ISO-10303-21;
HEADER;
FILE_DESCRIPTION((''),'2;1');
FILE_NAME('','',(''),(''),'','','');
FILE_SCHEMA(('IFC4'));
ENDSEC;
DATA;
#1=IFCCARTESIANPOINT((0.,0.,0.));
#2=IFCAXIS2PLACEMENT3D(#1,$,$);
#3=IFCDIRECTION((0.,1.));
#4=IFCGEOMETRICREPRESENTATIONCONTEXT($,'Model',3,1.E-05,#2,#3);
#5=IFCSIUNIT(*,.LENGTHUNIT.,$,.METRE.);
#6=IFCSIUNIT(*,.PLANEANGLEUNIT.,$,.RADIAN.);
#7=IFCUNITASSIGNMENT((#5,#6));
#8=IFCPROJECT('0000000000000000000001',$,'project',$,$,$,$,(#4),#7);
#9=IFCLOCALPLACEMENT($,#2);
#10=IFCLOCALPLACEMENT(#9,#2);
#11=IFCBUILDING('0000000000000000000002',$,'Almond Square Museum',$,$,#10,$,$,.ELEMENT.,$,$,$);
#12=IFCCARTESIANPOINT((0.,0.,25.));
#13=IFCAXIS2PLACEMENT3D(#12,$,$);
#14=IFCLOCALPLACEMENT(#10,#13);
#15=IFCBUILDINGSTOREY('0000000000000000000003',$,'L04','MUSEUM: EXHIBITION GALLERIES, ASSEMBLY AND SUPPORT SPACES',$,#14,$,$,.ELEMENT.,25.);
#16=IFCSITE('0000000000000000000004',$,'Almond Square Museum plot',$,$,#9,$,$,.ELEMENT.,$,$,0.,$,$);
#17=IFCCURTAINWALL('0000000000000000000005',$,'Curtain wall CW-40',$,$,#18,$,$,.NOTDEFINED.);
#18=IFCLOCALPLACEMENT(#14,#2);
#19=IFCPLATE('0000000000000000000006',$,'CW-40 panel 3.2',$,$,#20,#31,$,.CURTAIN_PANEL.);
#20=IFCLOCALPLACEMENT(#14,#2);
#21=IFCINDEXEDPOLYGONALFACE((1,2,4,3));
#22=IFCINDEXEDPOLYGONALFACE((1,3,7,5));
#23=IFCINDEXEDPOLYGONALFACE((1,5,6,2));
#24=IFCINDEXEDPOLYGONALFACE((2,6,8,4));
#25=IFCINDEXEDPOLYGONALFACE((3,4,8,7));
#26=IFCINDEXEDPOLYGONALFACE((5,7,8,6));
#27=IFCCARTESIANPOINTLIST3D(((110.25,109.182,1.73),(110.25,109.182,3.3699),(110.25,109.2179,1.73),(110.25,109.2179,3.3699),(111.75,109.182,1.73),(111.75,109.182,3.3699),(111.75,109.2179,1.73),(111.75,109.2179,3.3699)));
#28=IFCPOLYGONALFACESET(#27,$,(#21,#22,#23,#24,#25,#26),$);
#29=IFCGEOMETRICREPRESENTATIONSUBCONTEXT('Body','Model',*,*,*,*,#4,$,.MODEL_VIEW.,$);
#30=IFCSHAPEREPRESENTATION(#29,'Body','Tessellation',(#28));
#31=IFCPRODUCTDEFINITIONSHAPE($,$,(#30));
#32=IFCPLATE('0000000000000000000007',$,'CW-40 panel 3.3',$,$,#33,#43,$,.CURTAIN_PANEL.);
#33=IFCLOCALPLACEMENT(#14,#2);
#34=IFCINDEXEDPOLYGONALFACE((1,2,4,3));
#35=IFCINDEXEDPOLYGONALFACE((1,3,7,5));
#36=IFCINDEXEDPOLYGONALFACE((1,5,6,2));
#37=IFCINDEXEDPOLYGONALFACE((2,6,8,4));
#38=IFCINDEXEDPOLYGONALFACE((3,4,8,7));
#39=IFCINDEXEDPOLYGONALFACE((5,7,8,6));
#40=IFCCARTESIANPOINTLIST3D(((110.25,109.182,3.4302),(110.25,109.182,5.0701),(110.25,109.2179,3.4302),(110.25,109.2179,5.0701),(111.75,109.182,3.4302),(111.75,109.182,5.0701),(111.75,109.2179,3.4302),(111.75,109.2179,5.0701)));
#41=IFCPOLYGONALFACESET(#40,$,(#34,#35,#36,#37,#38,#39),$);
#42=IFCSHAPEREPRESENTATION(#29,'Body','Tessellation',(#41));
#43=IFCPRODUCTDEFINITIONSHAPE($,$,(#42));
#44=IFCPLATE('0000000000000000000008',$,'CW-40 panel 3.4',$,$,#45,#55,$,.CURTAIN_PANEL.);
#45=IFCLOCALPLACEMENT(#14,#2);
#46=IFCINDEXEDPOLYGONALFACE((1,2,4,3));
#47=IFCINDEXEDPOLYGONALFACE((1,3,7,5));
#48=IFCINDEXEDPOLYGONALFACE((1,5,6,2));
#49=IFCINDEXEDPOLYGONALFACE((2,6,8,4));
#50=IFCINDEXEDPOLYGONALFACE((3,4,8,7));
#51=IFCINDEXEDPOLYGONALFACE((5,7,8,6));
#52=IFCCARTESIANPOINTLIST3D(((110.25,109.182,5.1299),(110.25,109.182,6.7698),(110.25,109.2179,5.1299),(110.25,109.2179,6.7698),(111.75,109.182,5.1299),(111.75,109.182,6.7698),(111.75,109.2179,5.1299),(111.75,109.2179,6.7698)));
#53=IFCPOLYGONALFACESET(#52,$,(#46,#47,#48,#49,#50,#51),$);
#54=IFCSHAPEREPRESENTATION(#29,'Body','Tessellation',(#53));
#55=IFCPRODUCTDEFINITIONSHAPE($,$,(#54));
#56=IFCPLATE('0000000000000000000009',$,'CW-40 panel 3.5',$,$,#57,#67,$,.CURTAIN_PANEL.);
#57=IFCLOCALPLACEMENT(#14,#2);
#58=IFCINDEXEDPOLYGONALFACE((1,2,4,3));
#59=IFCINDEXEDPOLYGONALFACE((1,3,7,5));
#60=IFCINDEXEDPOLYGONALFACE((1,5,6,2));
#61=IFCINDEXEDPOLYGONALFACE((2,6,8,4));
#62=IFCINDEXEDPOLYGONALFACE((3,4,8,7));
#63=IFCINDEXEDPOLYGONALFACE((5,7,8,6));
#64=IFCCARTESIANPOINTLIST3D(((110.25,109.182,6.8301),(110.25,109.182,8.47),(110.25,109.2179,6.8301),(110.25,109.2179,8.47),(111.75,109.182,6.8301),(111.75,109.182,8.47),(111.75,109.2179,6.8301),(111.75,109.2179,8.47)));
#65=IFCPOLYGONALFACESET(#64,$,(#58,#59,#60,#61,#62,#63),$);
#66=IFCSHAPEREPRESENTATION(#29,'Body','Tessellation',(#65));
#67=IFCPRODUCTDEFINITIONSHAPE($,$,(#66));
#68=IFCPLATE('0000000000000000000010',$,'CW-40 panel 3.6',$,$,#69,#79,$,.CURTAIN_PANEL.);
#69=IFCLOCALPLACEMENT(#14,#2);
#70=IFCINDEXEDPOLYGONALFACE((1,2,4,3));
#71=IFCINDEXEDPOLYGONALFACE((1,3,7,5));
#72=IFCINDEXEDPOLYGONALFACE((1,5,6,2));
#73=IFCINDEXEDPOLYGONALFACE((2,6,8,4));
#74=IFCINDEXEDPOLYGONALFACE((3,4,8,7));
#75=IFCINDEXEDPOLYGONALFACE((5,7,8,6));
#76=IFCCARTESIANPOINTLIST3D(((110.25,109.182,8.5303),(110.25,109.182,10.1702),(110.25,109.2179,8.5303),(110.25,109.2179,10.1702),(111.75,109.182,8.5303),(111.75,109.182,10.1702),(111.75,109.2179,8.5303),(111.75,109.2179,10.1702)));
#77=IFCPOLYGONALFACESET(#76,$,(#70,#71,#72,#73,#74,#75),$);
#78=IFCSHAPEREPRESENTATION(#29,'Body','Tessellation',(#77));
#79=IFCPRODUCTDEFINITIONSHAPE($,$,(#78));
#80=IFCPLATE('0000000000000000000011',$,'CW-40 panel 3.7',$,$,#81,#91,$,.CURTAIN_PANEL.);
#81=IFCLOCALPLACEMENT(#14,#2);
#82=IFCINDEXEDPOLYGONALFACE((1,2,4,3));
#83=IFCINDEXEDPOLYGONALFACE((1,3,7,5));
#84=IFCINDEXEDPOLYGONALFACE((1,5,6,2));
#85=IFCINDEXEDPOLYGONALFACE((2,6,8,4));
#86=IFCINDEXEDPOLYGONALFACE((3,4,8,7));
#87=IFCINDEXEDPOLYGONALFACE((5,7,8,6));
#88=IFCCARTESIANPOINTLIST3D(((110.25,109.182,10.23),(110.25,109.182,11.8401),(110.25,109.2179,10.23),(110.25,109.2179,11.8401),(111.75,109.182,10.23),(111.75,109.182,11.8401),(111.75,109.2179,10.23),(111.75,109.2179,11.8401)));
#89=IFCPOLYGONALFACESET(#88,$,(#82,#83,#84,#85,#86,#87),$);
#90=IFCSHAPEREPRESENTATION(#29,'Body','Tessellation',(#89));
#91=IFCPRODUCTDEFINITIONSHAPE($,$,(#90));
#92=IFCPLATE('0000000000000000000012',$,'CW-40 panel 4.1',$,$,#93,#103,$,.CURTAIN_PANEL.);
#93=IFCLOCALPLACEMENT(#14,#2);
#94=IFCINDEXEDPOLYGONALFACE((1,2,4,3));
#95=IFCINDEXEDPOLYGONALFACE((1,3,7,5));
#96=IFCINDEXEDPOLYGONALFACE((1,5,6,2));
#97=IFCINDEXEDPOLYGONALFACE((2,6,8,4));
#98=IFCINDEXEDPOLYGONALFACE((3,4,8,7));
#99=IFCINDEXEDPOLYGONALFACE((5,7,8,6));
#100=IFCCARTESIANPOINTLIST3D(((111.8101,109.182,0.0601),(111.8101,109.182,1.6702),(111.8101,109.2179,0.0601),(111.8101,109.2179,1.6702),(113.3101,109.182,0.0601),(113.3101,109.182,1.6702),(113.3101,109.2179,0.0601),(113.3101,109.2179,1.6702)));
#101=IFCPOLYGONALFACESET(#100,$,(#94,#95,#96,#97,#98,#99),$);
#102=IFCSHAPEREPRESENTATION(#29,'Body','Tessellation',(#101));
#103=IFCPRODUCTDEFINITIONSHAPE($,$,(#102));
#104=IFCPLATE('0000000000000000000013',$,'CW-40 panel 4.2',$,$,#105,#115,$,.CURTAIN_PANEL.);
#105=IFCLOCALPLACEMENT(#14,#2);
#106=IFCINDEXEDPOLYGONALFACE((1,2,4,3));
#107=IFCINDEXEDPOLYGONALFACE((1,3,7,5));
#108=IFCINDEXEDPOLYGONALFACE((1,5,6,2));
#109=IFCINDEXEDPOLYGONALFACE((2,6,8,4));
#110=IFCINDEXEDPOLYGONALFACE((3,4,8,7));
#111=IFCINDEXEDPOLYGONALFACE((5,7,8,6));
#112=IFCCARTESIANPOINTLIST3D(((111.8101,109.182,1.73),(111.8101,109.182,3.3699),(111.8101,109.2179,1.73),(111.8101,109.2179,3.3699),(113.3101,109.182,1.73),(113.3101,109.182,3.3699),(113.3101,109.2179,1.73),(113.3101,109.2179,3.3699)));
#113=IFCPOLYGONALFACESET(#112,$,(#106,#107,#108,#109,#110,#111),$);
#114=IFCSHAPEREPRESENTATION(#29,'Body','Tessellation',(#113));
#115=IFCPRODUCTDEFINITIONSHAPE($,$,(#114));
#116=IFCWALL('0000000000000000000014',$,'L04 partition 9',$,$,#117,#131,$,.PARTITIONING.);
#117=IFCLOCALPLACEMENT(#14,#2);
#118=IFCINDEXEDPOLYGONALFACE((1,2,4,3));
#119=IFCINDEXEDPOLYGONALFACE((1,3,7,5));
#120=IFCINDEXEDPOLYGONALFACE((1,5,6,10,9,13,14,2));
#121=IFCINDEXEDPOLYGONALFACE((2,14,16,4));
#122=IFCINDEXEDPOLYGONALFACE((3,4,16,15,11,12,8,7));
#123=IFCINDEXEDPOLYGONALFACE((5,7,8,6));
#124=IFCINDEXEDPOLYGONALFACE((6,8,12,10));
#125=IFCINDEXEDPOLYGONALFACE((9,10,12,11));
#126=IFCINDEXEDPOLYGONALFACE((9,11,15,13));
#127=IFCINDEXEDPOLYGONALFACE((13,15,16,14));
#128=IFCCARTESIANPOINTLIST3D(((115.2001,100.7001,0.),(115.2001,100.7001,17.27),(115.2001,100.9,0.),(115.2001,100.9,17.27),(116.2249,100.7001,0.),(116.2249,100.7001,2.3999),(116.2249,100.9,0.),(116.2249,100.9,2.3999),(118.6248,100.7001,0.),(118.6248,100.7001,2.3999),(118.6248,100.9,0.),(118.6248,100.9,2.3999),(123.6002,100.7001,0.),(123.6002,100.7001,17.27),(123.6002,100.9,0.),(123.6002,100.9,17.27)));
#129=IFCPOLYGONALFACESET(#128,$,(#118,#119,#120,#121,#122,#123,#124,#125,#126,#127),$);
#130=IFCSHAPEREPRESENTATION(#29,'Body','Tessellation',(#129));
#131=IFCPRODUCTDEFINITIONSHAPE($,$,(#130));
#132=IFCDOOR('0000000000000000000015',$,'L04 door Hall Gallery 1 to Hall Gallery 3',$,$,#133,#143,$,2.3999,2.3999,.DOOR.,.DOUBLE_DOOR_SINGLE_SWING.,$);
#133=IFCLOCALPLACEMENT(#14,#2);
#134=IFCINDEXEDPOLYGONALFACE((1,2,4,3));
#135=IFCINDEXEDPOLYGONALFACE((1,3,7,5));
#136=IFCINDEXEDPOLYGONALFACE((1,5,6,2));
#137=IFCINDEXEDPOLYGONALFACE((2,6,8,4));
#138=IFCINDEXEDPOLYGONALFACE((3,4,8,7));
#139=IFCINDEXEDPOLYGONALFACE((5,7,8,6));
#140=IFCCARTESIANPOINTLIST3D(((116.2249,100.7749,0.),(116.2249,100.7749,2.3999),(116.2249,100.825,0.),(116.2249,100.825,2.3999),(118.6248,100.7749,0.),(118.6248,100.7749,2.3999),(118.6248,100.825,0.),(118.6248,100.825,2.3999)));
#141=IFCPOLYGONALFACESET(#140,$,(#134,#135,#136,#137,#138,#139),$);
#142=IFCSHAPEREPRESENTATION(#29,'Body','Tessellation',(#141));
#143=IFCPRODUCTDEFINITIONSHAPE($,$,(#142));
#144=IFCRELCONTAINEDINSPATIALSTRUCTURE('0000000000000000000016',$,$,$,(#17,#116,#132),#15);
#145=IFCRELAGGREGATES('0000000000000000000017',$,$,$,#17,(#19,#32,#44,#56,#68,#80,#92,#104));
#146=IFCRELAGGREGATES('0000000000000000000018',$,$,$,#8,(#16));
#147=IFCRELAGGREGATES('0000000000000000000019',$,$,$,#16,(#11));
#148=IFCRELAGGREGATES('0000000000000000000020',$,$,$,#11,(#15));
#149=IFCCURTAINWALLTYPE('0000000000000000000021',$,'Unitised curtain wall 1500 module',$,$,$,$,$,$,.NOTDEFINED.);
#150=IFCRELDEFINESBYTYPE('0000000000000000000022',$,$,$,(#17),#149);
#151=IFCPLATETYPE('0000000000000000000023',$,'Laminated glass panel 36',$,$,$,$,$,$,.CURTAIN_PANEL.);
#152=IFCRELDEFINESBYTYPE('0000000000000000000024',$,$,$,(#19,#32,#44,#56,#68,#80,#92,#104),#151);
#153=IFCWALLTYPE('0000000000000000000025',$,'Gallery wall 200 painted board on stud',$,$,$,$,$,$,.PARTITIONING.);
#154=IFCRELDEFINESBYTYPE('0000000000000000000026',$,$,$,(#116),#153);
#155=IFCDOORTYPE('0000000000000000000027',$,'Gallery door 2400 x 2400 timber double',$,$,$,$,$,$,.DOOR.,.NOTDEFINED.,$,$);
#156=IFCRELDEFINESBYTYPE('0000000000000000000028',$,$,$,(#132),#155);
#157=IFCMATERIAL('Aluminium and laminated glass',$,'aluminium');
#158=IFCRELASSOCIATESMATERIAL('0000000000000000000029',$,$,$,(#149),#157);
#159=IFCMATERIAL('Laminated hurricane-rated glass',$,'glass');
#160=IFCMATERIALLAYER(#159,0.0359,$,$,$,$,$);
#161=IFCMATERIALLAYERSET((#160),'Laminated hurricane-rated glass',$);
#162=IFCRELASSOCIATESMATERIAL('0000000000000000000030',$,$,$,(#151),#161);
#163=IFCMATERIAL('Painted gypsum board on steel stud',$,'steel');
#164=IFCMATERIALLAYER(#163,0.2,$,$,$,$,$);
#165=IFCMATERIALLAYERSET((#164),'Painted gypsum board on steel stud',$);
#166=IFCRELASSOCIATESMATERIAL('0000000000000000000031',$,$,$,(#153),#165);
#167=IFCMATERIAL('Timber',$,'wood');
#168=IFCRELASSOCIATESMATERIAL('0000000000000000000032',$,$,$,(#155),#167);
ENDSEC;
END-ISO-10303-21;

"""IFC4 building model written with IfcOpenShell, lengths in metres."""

from ifc_helpers import new_model, si_unit, direction, frame, frame_2d, origin, origin_2d, place, context, subcontext, project, spatial, rectangle, extrude, material, layer, layer_set, type_object, element, fill, aggregate, save


model = new_model("IFC4")

# Units and contexts
model_context = context("Model", 3, precision=1e-05, world=origin(), true_north=direction((0.0, 1.0)))
body_context = subcontext(model_context, "Body", "Model", "MODEL_VIEW")
ifc_project = project(units=[si_unit("LENGTHUNIT", "METRE"), si_unit("PLANEANGLEUNIT", "RADIAN")], contexts=[model_context])

# Site, building, storey
site_placement = place(None, origin())
site = spatial("IfcSite", under=ifc_project, at=site_placement, Name="Almond Square Museum plot", CompositionType="ELEMENT", RefElevation=0.0)
building_placement = place(site_placement, origin())
building = spatial("IfcBuilding", under=site, at=building_placement, Name="Almond Square Museum", CompositionType="ELEMENT")
storey_placement = place(building_placement, frame((0.0, 0.0, 25.0)))
storey = spatial("IfcBuildingStorey", under=building, at=storey_placement, Name="L04", Description="MUSEUM: EXHIBITION GALLERIES, ASSEMBLY AND SUPPORT SPACES", CompositionType="ELEMENT", Elevation=25.0)

# Curtain wall
ifc_material_1 = material(Name="Aluminium and laminated glass", Category="aluminium")
curtain_wall_type = type_object("IfcCurtainWallType", Name="Unitised curtain wall 1500 module", PredefinedType="NOTDEFINED", material=ifc_material_1)
curtain_wall_placement = place(storey_placement, origin())
curtain_wall = element("IfcCurtainWall", 1, at=curtain_wall_placement, inside=storey, type_object=curtain_wall_type, Name="Curtain wall CW-40", PredefinedType="NOTDEFINED")

# Plates
ifc_material_2 = material(Name="Laminated hurricane-rated glass", Category="glass")
ifc_layer_1 = layer(ifc_material_2, 0.0359)
ifc_layer_set_1 = layer_set([ifc_layer_1], Name="Laminated hurricane-rated glass")
plate_type = type_object("IfcPlateType", Name="Laminated glass panel 36", PredefinedType="CURTAIN_PANEL", material=ifc_layer_set_1)
plate_1_placement = place(storey_placement, frame((111.0, 109.2, 1.73), z_axis=(0.0, 0.0, 1.0), x_axis=(1.0, 0.0, 0.0)))
plate_1 = element("IfcPlate", 2, at=plate_1_placement, type_object=plate_type, Name="CW-40 panel 3.2", PredefinedType="CURTAIN_PANEL", context=body_context, shape_type="SweptSolid", body=[
    extrude(rectangle(XDim=1.5, YDim=0.0359, at=origin_2d()), origin(), (0.0, 0.0, 1.0), 1.6399),
])
plate_2_placement = place(storey_placement, frame((111.0, 109.2, 3.4302), z_axis=(0.0, 0.0, 1.0), x_axis=(1.0, 0.0, 0.0)))
plate_2 = element("IfcPlate", 3, at=plate_2_placement, type_object=plate_type, Name="CW-40 panel 3.3", PredefinedType="CURTAIN_PANEL", context=body_context, shape_type="SweptSolid", body=[
    extrude(rectangle(XDim=1.5, YDim=0.0359, at=origin_2d()), origin(), (0.0, 0.0, 1.0), 1.6399),
])
plate_3_placement = place(storey_placement, frame((111.0, 109.2, 5.1299), z_axis=(0.0, 0.0, 1.0), x_axis=(1.0, 0.0, 0.0)))
plate_3 = element("IfcPlate", 4, at=plate_3_placement, type_object=plate_type, Name="CW-40 panel 3.4", PredefinedType="CURTAIN_PANEL", context=body_context, shape_type="SweptSolid", body=[
    extrude(rectangle(XDim=1.5, YDim=0.0359, at=origin_2d()), origin(), (0.0, 0.0, 1.0), 1.6399),
])
plate_4_placement = place(storey_placement, frame((111.0, 109.2, 6.8301), z_axis=(0.0, 0.0, 1.0), x_axis=(1.0, 0.0, 0.0)))
plate_4 = element("IfcPlate", 5, at=plate_4_placement, type_object=plate_type, Name="CW-40 panel 3.5", PredefinedType="CURTAIN_PANEL", context=body_context, shape_type="SweptSolid", body=[
    extrude(rectangle(XDim=1.5, YDim=0.0359, at=origin_2d()), origin(), (0.0, 0.0, 1.0), 1.6399),
])
plate_5_placement = place(storey_placement, frame((111.0, 109.2, 8.5303), z_axis=(0.0, 0.0, 1.0), x_axis=(1.0, 0.0, 0.0)))
plate_5 = element("IfcPlate", 6, at=plate_5_placement, type_object=plate_type, Name="CW-40 panel 3.6", PredefinedType="CURTAIN_PANEL", context=body_context, shape_type="SweptSolid", body=[
    extrude(rectangle(XDim=1.5, YDim=0.0359, at=origin_2d()), origin(), (0.0, 0.0, 1.0), 1.6399),
])
plate_6_placement = place(storey_placement, frame((111.0, 109.2, 10.23), z_axis=(0.0, 0.0, 1.0), x_axis=(1.0, 0.0, 0.0)))
plate_6 = element("IfcPlate", 7, at=plate_6_placement, type_object=plate_type, Name="CW-40 panel 3.7", PredefinedType="CURTAIN_PANEL", context=body_context, shape_type="SweptSolid", body=[
    extrude(rectangle(XDim=1.5, YDim=0.0359, at=origin_2d()), origin(), (0.0, 0.0, 1.0), 1.6101),
])
plate_7_placement = place(storey_placement, frame((112.5601, 109.2, 0.0601), z_axis=(0.0, 0.0, 1.0), x_axis=(1.0, 0.0, 0.0)))
plate_7 = element("IfcPlate", 8, at=plate_7_placement, type_object=plate_type, Name="CW-40 panel 4.1", PredefinedType="CURTAIN_PANEL", context=body_context, shape_type="SweptSolid", body=[
    extrude(rectangle(XDim=1.5, YDim=0.0359, at=origin_2d()), origin(), (0.0, 0.0, 1.0), 1.6101),
])
plate_8_placement = place(storey_placement, frame((112.5601, 109.2, 1.73), z_axis=(0.0, 0.0, 1.0), x_axis=(1.0, 0.0, 0.0)))
plate_8 = element("IfcPlate", 9, at=plate_8_placement, type_object=plate_type, Name="CW-40 panel 4.2", PredefinedType="CURTAIN_PANEL", context=body_context, shape_type="SweptSolid", body=[
    extrude(rectangle(XDim=1.5, YDim=0.0359, at=origin_2d()), origin(), (0.0, 0.0, 1.0), 1.6399),
])
aggregate(curtain_wall, [plate_1, plate_2, plate_3, plate_4, plate_5, plate_6, plate_7, plate_8])

# Wall, opening, door
ifc_material_3 = material(Name="Painted gypsum board on steel stud", Category="steel")
ifc_layer_2 = layer(ifc_material_3, 0.2)
ifc_layer_set_2 = layer_set([ifc_layer_2], Name="Painted gypsum board on steel stud")
wall_type = type_object("IfcWallType", Name="Gallery wall 200 painted board on stud", PredefinedType="PARTITIONING", material=ifc_layer_set_2)
wall_placement = place(storey_placement, frame((115.2, 100.8, 0.0), z_axis=(0.0, 0.0, 1.0), x_axis=(1.0, 0.0, 0.0)))
wall = element("IfcWall", 10, at=wall_placement, inside=storey, type_object=wall_type, Name="L04 partition 9", PredefinedType="PARTITIONING", context=body_context, shape_type="SweptSolid", body=[
    extrude(rectangle(XDim=8.4001, YDim=0.2, at=frame_2d((4.2002, 0.0))), origin(), (0.0, 0.0, 1.0), 17.27),
])
opening_placement = place(wall_placement, frame((1.0249, 0.0, 0.0)))
opening = element("IfcOpeningElement", 11, at=opening_placement, cuts=wall, PredefinedType="OPENING", context=body_context, shape_type="SweptSolid", body=[
    extrude(rectangle(XDim=2.3999, YDim=2.3999, at=frame_2d((1.2, 1.2))), frame((0.0, 0.1099, 0.0), z_axis=(0.0, -1.0, 0.0), x_axis=(1.0, 0.0, 0.0)), (0.0, 0.0, 1.0), 0.22),
])
ifc_material_4 = material(Name="Timber", Category="wood")
door_type = type_object("IfcDoorType", Name="Gallery door 2400 x 2400 timber double", OperationType="NOTDEFINED", PredefinedType="DOOR", material=ifc_material_4)
door_placement = place(opening_placement, origin())
door = element("IfcDoor", 12, at=door_placement, inside=storey, type_object=door_type, Name="L04 door Hall Gallery 1 to Hall Gallery 3", OperationType="DOUBLE_DOOR_SINGLE_SWING", OverallHeight=2.3999, OverallWidth=2.3999, PredefinedType="DOOR", context=body_context, shape_type="SweptSolid", body=[
    extrude(rectangle(XDim=2.3999, YDim=2.3999, at=frame_2d((1.2, 1.2))), frame((0.0, 0.0249, 0.0), z_axis=(0.0, -1.0, 0.0), x_axis=(1.0, 0.0, 0.0)), (0.0, 0.0, 1.0), 0.05),
])
fill(opening, door)

save(model, "model.ifc")
